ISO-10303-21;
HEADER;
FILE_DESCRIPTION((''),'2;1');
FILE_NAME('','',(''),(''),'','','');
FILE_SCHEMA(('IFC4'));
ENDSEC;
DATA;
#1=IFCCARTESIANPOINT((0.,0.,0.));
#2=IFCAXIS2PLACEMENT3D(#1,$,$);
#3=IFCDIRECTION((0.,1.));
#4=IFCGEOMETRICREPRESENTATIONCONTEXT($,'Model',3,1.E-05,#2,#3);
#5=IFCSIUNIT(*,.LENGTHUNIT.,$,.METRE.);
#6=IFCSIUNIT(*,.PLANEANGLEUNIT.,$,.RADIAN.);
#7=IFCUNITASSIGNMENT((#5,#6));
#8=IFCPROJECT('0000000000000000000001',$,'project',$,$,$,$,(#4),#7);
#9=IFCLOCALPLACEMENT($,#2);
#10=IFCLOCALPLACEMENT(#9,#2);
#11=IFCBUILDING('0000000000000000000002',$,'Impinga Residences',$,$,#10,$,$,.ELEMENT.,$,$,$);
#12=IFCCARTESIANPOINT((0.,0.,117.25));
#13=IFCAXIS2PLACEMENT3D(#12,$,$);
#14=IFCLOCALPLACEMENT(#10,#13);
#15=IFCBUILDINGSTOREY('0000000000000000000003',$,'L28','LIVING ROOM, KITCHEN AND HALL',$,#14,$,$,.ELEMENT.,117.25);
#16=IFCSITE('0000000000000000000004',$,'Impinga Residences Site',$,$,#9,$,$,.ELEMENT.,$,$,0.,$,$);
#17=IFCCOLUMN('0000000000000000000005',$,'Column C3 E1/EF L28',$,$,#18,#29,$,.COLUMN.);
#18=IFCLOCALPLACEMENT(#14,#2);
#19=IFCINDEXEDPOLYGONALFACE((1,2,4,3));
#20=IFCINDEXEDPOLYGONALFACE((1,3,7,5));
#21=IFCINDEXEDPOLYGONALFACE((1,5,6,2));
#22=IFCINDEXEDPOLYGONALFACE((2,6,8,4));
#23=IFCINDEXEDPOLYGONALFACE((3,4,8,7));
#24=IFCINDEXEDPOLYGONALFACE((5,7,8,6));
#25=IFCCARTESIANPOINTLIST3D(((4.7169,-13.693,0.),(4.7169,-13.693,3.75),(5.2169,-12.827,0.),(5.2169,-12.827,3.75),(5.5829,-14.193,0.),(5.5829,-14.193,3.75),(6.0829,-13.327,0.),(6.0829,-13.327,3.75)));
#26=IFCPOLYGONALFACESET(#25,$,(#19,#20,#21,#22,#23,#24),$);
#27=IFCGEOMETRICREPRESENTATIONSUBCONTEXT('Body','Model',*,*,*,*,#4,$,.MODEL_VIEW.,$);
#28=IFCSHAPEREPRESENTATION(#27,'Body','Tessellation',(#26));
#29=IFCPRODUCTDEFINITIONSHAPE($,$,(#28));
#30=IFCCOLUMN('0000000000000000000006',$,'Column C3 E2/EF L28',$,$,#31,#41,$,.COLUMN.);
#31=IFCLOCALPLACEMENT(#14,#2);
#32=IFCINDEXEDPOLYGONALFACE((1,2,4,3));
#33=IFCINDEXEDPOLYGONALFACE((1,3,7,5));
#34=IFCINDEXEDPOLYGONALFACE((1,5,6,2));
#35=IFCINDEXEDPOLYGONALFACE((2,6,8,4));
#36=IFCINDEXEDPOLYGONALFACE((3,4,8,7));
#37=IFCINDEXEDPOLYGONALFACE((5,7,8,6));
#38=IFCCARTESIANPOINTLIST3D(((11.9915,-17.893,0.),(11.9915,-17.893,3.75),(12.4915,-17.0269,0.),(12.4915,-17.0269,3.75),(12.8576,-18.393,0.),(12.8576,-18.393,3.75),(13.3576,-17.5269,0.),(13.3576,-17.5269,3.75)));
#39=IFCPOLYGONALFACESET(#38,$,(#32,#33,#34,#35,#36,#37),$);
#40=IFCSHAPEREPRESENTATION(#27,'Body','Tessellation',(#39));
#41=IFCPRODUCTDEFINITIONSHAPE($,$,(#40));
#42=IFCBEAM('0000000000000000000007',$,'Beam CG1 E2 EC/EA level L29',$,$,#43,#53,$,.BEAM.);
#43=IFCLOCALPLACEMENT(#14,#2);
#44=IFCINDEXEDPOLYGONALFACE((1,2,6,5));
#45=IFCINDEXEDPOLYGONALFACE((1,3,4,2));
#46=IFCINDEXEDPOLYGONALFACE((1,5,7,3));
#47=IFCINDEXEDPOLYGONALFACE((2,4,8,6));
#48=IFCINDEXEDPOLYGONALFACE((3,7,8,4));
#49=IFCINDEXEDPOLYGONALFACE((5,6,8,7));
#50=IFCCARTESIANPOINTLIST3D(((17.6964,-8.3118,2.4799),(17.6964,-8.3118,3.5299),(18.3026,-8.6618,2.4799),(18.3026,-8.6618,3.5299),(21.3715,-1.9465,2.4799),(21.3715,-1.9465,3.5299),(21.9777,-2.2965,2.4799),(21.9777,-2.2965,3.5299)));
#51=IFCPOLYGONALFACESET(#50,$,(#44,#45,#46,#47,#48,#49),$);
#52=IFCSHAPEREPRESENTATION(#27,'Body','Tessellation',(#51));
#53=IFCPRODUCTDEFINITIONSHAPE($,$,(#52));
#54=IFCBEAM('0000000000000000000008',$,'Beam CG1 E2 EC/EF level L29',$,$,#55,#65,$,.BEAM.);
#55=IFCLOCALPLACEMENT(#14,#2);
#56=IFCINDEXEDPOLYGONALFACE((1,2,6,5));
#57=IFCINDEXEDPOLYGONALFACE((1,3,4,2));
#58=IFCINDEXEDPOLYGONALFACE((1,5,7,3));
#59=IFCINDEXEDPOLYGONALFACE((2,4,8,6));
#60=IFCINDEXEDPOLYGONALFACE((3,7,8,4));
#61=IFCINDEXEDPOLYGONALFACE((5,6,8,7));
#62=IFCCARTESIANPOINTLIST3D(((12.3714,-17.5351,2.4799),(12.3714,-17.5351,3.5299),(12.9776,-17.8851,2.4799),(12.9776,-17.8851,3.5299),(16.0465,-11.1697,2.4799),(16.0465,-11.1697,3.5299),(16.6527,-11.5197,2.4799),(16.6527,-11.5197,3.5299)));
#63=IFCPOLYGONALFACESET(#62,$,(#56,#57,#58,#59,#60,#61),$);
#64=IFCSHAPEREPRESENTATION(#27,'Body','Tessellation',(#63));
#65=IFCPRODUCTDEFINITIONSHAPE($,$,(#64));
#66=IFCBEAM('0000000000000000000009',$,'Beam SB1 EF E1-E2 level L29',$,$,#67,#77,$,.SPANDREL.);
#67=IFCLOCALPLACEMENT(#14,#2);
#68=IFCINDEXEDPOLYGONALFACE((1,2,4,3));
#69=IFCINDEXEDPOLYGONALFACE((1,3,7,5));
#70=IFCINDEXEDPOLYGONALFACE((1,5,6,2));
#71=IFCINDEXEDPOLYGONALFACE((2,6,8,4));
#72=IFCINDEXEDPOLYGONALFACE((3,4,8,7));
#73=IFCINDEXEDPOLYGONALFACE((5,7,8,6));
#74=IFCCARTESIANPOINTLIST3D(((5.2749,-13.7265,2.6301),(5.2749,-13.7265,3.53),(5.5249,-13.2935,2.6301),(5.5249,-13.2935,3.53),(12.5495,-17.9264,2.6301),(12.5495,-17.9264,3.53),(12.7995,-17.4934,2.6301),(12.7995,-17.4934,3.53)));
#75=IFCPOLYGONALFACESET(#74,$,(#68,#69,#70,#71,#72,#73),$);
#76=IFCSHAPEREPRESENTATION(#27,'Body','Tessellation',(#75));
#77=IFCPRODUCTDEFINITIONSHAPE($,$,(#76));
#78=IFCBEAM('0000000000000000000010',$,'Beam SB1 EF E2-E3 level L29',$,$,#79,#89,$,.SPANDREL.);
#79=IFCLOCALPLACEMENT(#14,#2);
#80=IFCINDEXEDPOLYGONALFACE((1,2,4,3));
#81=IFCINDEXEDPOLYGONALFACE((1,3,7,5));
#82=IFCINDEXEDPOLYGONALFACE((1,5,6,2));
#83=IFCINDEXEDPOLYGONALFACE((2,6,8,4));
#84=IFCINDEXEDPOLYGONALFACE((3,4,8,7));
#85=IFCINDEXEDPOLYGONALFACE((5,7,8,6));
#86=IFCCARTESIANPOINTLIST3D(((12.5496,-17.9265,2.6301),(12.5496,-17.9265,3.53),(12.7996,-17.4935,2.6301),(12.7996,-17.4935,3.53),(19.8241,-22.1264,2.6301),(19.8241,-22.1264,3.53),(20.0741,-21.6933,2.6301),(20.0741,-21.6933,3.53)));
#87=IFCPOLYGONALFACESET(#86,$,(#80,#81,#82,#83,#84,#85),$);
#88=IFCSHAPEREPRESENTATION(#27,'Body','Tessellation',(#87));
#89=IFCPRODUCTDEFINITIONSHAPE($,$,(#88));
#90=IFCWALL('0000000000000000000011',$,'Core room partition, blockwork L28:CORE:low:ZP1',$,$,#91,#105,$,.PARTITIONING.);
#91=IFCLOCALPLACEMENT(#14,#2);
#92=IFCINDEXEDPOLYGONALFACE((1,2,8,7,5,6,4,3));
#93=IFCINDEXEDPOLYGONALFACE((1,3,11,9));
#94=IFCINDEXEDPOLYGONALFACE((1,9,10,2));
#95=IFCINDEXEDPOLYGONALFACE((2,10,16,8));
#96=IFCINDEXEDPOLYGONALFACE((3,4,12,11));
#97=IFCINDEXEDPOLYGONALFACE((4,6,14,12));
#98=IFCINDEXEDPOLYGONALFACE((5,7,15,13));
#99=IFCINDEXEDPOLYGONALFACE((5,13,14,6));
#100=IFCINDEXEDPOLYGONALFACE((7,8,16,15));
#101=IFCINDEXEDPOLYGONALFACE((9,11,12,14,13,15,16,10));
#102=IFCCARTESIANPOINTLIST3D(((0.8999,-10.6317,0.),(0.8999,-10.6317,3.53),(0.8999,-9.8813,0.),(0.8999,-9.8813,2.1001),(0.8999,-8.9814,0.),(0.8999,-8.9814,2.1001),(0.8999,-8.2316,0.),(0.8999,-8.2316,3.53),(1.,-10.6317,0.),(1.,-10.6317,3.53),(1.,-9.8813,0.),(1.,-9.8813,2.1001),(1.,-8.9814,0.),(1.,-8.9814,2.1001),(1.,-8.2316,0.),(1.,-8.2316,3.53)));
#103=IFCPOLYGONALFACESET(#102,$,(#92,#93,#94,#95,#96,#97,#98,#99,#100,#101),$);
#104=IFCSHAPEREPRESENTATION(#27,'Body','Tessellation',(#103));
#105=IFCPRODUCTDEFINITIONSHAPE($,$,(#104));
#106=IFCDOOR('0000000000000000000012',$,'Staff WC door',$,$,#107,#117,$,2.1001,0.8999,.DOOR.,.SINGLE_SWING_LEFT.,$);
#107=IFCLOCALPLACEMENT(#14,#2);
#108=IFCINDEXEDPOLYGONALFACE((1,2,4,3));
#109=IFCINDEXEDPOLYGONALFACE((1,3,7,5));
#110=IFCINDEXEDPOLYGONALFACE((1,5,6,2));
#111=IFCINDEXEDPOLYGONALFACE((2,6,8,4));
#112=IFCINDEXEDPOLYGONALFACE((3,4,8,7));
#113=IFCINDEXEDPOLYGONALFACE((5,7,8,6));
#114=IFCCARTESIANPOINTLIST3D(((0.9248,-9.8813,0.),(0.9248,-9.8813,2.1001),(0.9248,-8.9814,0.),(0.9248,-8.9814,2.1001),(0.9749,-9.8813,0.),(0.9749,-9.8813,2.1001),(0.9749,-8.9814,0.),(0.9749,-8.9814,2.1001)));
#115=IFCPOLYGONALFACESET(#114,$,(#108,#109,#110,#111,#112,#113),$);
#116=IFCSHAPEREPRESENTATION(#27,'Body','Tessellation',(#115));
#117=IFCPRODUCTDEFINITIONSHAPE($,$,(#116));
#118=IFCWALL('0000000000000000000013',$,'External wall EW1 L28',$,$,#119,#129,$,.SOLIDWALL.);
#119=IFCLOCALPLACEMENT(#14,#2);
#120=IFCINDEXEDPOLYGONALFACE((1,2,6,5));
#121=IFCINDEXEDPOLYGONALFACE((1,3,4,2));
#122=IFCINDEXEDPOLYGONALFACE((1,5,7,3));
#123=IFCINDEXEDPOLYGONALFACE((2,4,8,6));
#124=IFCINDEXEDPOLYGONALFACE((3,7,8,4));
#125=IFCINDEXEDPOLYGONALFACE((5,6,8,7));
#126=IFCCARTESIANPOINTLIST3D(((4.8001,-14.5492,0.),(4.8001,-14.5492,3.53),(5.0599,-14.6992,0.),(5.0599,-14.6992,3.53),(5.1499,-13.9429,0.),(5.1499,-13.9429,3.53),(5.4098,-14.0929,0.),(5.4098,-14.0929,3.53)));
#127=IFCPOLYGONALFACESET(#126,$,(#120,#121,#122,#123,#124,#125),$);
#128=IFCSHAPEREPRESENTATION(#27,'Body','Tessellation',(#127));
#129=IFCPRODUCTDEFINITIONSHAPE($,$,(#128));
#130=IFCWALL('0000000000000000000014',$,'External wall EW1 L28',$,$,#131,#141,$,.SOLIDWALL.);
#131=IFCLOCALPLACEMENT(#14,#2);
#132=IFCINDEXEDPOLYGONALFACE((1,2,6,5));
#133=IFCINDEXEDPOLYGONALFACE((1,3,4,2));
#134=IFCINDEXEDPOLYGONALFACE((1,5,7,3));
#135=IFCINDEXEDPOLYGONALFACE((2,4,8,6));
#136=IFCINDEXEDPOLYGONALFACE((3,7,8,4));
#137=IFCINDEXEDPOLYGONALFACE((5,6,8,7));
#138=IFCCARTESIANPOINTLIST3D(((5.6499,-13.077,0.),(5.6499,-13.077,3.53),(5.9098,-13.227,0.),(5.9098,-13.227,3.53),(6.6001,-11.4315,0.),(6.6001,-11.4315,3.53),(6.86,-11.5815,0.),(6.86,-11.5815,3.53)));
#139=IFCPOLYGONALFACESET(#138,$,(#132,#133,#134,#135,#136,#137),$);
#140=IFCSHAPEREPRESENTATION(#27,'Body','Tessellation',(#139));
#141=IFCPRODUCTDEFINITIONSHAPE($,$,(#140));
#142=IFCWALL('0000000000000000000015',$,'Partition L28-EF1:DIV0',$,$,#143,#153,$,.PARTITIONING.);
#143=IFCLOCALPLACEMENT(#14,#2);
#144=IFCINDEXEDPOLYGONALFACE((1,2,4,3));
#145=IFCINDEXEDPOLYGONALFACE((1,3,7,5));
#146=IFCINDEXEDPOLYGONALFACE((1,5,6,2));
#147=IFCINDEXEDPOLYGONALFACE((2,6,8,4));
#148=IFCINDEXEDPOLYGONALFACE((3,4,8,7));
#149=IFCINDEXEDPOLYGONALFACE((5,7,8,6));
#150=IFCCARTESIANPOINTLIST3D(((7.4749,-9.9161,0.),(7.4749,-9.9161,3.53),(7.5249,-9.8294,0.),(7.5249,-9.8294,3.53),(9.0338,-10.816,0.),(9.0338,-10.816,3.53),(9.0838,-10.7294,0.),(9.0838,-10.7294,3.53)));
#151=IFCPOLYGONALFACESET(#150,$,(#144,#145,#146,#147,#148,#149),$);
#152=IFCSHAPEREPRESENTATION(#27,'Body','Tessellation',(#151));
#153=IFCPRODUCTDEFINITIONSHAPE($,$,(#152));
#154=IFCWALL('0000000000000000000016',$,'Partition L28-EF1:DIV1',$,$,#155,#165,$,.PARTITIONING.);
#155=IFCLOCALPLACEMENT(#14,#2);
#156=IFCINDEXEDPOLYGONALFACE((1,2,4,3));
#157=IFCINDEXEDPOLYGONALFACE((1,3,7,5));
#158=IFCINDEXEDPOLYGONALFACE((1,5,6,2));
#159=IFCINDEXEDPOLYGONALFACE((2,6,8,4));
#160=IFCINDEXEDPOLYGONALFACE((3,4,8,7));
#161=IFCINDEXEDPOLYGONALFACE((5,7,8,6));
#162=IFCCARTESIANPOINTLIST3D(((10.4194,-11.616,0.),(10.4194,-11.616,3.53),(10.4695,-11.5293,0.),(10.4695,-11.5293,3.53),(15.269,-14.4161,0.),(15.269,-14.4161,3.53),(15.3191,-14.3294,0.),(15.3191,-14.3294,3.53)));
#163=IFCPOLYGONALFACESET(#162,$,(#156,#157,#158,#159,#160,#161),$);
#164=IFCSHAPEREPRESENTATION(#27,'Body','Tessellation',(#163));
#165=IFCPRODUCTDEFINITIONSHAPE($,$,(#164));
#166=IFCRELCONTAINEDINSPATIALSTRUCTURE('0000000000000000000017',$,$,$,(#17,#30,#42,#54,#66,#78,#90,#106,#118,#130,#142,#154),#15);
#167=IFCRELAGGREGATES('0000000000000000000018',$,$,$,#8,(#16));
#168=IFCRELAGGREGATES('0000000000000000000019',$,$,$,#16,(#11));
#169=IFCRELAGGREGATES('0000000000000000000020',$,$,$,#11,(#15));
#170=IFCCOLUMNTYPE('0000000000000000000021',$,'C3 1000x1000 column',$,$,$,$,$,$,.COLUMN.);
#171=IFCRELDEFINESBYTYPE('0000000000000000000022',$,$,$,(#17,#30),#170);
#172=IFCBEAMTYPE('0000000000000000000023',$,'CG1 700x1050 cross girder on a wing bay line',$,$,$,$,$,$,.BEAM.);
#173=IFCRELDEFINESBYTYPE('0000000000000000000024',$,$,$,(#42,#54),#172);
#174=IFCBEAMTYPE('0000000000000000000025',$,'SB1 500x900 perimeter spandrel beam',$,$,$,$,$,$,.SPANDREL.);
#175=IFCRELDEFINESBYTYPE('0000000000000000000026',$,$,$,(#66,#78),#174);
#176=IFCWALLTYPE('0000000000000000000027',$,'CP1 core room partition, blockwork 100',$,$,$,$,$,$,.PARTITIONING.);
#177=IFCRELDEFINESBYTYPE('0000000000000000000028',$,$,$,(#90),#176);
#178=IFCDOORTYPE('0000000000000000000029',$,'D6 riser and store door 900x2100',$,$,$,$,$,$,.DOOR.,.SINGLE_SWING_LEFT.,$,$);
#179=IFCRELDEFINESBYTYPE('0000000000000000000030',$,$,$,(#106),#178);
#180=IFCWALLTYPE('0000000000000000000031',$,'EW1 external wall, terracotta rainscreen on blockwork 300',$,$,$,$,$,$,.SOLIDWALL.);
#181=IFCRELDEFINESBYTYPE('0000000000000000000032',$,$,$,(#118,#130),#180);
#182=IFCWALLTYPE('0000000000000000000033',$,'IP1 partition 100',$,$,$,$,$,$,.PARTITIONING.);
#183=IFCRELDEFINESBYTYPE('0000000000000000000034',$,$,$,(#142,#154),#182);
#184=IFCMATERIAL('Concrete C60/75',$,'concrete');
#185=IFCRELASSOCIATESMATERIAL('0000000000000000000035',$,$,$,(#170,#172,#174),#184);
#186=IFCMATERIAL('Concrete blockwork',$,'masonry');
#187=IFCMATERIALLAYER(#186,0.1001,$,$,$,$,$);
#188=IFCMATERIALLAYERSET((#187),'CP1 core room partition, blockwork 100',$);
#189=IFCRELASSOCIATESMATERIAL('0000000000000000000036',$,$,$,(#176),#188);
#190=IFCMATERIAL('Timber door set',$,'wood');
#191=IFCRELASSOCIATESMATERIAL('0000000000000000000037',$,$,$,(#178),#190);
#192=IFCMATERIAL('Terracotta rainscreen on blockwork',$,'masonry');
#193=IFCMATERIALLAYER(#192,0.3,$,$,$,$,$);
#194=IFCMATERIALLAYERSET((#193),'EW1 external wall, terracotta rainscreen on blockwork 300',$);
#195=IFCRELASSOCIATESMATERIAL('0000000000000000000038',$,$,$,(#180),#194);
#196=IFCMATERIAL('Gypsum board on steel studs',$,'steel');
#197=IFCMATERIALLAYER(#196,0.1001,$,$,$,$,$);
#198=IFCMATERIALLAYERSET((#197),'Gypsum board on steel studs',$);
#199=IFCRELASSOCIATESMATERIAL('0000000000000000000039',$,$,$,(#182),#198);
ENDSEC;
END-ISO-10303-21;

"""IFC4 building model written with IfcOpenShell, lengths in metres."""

from ifc_helpers import new_model, si_unit, direction, frame, frame_2d, origin, origin_2d, place, context, subcontext, project, spatial, rectangle, extrude, material, layer, layer_set, material_profile, profile_set, type_object, element, fill, save


model = new_model("IFC4")

# Units and contexts
model_context = context("Model", 3, precision=1e-05, world=origin(), true_north=direction((0.0, 1.0)))
body_context = subcontext(model_context, "Body", "Model", "MODEL_VIEW")
ifc_project = project(units=[si_unit("LENGTHUNIT", "METRE"), si_unit("PLANEANGLEUNIT", "RADIAN")], contexts=[model_context])

# Site, building, storey
site_placement = place(None, origin())
site = spatial("IfcSite", under=ifc_project, at=site_placement, Name="Impinga Residences Site", CompositionType="ELEMENT", RefElevation=0.0)
building_placement = place(site_placement, origin())
building = spatial("IfcBuilding", under=site, at=building_placement, Name="Impinga Residences", CompositionType="ELEMENT")
storey_placement = place(building_placement, frame((0.0, 0.0, 117.25)))
storey = spatial("IfcBuildingStorey", under=building, at=storey_placement, Name="L28", Description="LIVING ROOM, KITCHEN AND HALL", CompositionType="ELEMENT", Elevation=117.25)

# Columns
ifc_material_1 = material(Name="Concrete C60/75", Category="concrete")
ifc_material_profile_1 = material_profile(ifc_material_1, rectangle(XDim=1.0, YDim=1.0, at=origin_2d()), Name="RC 1000x1000")
ifc_profile_set_1 = profile_set([ifc_material_profile_1], Name="Concrete C60/75")
column_type = type_object("IfcColumnType", Name="C3 1000x1000 column", PredefinedType="COLUMN", material=ifc_profile_set_1)
for number, where, z_axis, x_axis, name in (
    (1, (5.3999, -13.51, 0.0), (0.0, 0.0, 1.0), (-0.5, -0.866025, 0.0), "Column C3 E1/EF L28"),
    (2, (12.6746, -17.71, 0.0), (0.0, 0.0, 1.0), (-0.5, -0.866025, 0.0), "Column C3 E2/EF L28"),
):
    element("IfcColumn", number, at=place(storey_placement, frame(where, z_axis=z_axis, x_axis=x_axis)), inside=storey, type_object=column_type, Name=name, PredefinedType="COLUMN", context=body_context, shape_type="SweptSolid", body=[
        extrude(rectangle(XDim=1.0, YDim=1.0, at=origin_2d()), origin(), (0.0, 0.0, 1.0), 3.75),
    ])

# Beams
ifc_material_profile_2 = material_profile(ifc_material_1, rectangle(XDim=0.7, YDim=1.05, at=origin_2d()), Name="RC 700x1050")
ifc_profile_set_2 = profile_set([ifc_material_profile_2], Name="Concrete C60/75")
beam_type_1 = type_object("IfcBeamType", Name="CG1 700x1050 cross girder on a wing bay line", PredefinedType="BEAM", material=ifc_profile_set_2)
for number, where, z_axis, x_axis, name in (
    (3, (17.9995, -8.4868, 3.0049), (0.500008, 0.866021, 0.0), (-0.866021, 0.500008, 0.0), "Beam CG1 E2 EC/EA level L29"),
    (4, (16.3496, -11.3447, 3.0049), (-0.500008, -0.866021, 0.0), (0.866021, -0.500008, 0.0), "Beam CG1 E2 EC/EF level L29"),
):
    element("IfcBeam", number, at=place(storey_placement, frame(where, z_axis=z_axis, x_axis=x_axis)), inside=storey, type_object=beam_type_1, Name=name, PredefinedType="BEAM", context=body_context, shape_type="SweptSolid", body=[
        extrude(rectangle(XDim=0.7, YDim=1.05, at=origin_2d()), origin(), (0.0, 0.0, 1.0), 7.3501),
    ])
ifc_material_profile_3 = material_profile(ifc_material_1, rectangle(XDim=0.5, YDim=0.8999, at=origin_2d()), Name="RC 500x900")
ifc_profile_set_3 = profile_set([ifc_material_profile_3], Name="Concrete C60/75")
beam_type_2 = type_object("IfcBeamType", Name="SB1 500x900 perimeter spandrel beam", PredefinedType="SPANDREL", material=ifc_profile_set_3)
for number, where, z_axis, x_axis, name in (
    (5, (5.3999, -13.51, 3.0801), (0.866029, -0.499993, 0.0), (0.499993, 0.866029, 0.0), "Beam SB1 EF E1-E2 level L29"),
    (6, (12.6746, -17.71, 3.0801), (0.866029, -0.499993, 0.0), (0.499993, 0.866029, 0.0), "Beam SB1 EF E2-E3 level L29"),
):
    element("IfcBeam", number, at=place(storey_placement, frame(where, z_axis=z_axis, x_axis=x_axis)), inside=storey, type_object=beam_type_2, Name=name, PredefinedType="SPANDREL", context=body_context, shape_type="SweptSolid", body=[
        extrude(rectangle(XDim=0.5, YDim=0.8999, at=origin_2d()), origin(), (0.0, 0.0, 1.0), 8.3999),
    ])

# Wall, opening, door
ifc_material_2 = material(Name="Concrete blockwork", Category="masonry")
ifc_layer_1 = layer(ifc_material_2, 0.1001)
ifc_layer_set_1 = layer_set([ifc_layer_1], Name="CP1 core room partition, blockwork 100")
wall_type_1 = type_object("IfcWallType", Name="CP1 core room partition, blockwork 100", PredefinedType="PARTITIONING", material=ifc_layer_set_1)
wall_1_placement = place(storey_placement, frame((0.95, -8.2314, 0.0), z_axis=(0.0, 0.0, 1.0), x_axis=(0.0, -1.0, 0.0)))
wall_1 = element("IfcWall", 7, at=wall_1_placement, inside=storey, type_object=wall_type_1, Name="Core room partition, blockwork L28:CORE:low:ZP1", PredefinedType="PARTITIONING", context=body_context, shape_type="SweptSolid", body=[
    extrude(rectangle(XDim=2.4001, YDim=0.1001, at=frame_2d((1.2002, 0.0))), origin(), (0.0, 0.0, 1.0), 3.53),
])
opening_1_placement = place(wall_1_placement, frame((0.75, 0.0, 0.0)))
opening_1 = element("IfcOpeningElement", 8, at=opening_1_placement, cuts=wall_1, PredefinedType="OPENING", context=body_context, shape_type="SweptSolid", body=[
    extrude(rectangle(XDim=0.8999, YDim=2.1001, at=frame_2d((0.45, 1.05))), frame((0.0, 0.0601, 0.0), z_axis=(0.0, -1.0, 0.0), x_axis=(1.0, 0.0, 0.0)), (0.0, 0.0, 1.0), 0.1201),
])
ifc_material_3 = material(Name="Timber door set", Category="wood")
door_type_1 = type_object("IfcDoorType", Name="D6 riser and store door 900x2100", OperationType="SINGLE_SWING_LEFT", PredefinedType="DOOR", material=ifc_material_3)
door_1_placement = place(opening_1_placement, origin())
door_1 = element("IfcDoor", 9, at=door_1_placement, inside=storey, type_object=door_type_1, Name="Staff WC door", OperationType="SINGLE_SWING_LEFT", OverallHeight=2.1001, OverallWidth=0.8999, PredefinedType="DOOR", context=body_context, shape_type="SweptSolid", body=[
    extrude(rectangle(XDim=0.8999, YDim=2.1001, at=frame_2d((0.45, 1.05))), frame((0.0, 0.0249, 0.0), z_axis=(0.0, -1.0, 0.0), x_axis=(1.0, 0.0, 0.0)), (0.0, 0.0, 1.0), 0.05),
])
fill(opening_1, door_1)

# Walls
ifc_material_4 = material(Name="Terracotta rainscreen on blockwork", Category="masonry")
ifc_layer_2 = layer(ifc_material_4, 0.3)
ifc_layer_set_2 = layer_set([ifc_layer_2], Name="EW1 external wall, terracotta rainscreen on blockwork 300")
wall_type_2 = type_object("IfcWallType", Name="EW1 external wall, terracotta rainscreen on blockwork 300", PredefinedType="SOLIDWALL", material=ifc_layer_set_2)
wall_2_placement = place(storey_placement, frame((4.9299, -14.6243, 0.0), z_axis=(0.0, 0.0, 1.0), x_axis=(0.499853, 0.86611, 0.0)))
element("IfcWall", 10, at=wall_2_placement, inside=storey, type_object=wall_type_2, Name="External wall EW1 L28", PredefinedType="SOLIDWALL", context=body_context, shape_type="SweptSolid", body=[
    extrude(rectangle(XDim=0.7, YDim=0.3, at=frame_2d((0.3501, 0.0))), origin(), (0.0, 0.0, 1.0), 3.53),
])
wall_3_placement = place(storey_placement, frame((5.7798, -13.1521, 0.0), z_axis=(0.0, 0.0, 1.0), x_axis=(0.500064, 0.865989, 0.0)))
element("IfcWall", 11, at=wall_3_placement, inside=storey, type_object=wall_type_2, Name="External wall EW1 L28", PredefinedType="SOLIDWALL", context=body_context, shape_type="SweptSolid", body=[
    extrude(rectangle(XDim=1.9001, YDim=0.3, at=frame_2d((0.9502, 0.0))), origin(), (0.0, 0.0, 1.0), 3.53),
])
ifc_material_5 = material(Name="Gypsum board on steel studs", Category="steel")
ifc_layer_3 = layer(ifc_material_5, 0.1001)
ifc_layer_set_3 = layer_set([ifc_layer_3], Name="Gypsum board on steel studs")
wall_type_3 = type_object("IfcWallType", Name="IP1 partition 100", PredefinedType="PARTITIONING", material=ifc_layer_set_3)
wall_4_placement = place(storey_placement, frame((7.5, -9.8728, 0.0), z_axis=(0.0, 0.0, 1.0), x_axis=(0.866048, -0.499961, 0.0)))
element("IfcWall", 12, at=wall_4_placement, inside=storey, type_object=wall_type_3, Name="Partition L28-EF1:DIV0", PredefinedType="PARTITIONING", context=body_context, shape_type="SweptSolid", body=[
    extrude(rectangle(XDim=1.8, YDim=0.1001, at=frame_2d((0.8999, 0.0))), origin(), (0.0, 0.0, 1.0), 3.53),
])
wall_5_placement = place(storey_placement, frame((10.4446, -11.5728, 0.0), z_axis=(0.0, 0.0, 1.0), x_axis=(0.866016, -0.500017, 0.0)))
element("IfcWall", 13, at=wall_5_placement, inside=storey, type_object=wall_type_3, Name="Partition L28-EF1:DIV1", PredefinedType="PARTITIONING", context=body_context, shape_type="SweptSolid", body=[
    extrude(rectangle(XDim=5.5999, YDim=0.1001, at=frame_2d((2.7998, 0.0))), origin(), (0.0, 0.0, 1.0), 3.53),
])

save(model, "model.ifc")
